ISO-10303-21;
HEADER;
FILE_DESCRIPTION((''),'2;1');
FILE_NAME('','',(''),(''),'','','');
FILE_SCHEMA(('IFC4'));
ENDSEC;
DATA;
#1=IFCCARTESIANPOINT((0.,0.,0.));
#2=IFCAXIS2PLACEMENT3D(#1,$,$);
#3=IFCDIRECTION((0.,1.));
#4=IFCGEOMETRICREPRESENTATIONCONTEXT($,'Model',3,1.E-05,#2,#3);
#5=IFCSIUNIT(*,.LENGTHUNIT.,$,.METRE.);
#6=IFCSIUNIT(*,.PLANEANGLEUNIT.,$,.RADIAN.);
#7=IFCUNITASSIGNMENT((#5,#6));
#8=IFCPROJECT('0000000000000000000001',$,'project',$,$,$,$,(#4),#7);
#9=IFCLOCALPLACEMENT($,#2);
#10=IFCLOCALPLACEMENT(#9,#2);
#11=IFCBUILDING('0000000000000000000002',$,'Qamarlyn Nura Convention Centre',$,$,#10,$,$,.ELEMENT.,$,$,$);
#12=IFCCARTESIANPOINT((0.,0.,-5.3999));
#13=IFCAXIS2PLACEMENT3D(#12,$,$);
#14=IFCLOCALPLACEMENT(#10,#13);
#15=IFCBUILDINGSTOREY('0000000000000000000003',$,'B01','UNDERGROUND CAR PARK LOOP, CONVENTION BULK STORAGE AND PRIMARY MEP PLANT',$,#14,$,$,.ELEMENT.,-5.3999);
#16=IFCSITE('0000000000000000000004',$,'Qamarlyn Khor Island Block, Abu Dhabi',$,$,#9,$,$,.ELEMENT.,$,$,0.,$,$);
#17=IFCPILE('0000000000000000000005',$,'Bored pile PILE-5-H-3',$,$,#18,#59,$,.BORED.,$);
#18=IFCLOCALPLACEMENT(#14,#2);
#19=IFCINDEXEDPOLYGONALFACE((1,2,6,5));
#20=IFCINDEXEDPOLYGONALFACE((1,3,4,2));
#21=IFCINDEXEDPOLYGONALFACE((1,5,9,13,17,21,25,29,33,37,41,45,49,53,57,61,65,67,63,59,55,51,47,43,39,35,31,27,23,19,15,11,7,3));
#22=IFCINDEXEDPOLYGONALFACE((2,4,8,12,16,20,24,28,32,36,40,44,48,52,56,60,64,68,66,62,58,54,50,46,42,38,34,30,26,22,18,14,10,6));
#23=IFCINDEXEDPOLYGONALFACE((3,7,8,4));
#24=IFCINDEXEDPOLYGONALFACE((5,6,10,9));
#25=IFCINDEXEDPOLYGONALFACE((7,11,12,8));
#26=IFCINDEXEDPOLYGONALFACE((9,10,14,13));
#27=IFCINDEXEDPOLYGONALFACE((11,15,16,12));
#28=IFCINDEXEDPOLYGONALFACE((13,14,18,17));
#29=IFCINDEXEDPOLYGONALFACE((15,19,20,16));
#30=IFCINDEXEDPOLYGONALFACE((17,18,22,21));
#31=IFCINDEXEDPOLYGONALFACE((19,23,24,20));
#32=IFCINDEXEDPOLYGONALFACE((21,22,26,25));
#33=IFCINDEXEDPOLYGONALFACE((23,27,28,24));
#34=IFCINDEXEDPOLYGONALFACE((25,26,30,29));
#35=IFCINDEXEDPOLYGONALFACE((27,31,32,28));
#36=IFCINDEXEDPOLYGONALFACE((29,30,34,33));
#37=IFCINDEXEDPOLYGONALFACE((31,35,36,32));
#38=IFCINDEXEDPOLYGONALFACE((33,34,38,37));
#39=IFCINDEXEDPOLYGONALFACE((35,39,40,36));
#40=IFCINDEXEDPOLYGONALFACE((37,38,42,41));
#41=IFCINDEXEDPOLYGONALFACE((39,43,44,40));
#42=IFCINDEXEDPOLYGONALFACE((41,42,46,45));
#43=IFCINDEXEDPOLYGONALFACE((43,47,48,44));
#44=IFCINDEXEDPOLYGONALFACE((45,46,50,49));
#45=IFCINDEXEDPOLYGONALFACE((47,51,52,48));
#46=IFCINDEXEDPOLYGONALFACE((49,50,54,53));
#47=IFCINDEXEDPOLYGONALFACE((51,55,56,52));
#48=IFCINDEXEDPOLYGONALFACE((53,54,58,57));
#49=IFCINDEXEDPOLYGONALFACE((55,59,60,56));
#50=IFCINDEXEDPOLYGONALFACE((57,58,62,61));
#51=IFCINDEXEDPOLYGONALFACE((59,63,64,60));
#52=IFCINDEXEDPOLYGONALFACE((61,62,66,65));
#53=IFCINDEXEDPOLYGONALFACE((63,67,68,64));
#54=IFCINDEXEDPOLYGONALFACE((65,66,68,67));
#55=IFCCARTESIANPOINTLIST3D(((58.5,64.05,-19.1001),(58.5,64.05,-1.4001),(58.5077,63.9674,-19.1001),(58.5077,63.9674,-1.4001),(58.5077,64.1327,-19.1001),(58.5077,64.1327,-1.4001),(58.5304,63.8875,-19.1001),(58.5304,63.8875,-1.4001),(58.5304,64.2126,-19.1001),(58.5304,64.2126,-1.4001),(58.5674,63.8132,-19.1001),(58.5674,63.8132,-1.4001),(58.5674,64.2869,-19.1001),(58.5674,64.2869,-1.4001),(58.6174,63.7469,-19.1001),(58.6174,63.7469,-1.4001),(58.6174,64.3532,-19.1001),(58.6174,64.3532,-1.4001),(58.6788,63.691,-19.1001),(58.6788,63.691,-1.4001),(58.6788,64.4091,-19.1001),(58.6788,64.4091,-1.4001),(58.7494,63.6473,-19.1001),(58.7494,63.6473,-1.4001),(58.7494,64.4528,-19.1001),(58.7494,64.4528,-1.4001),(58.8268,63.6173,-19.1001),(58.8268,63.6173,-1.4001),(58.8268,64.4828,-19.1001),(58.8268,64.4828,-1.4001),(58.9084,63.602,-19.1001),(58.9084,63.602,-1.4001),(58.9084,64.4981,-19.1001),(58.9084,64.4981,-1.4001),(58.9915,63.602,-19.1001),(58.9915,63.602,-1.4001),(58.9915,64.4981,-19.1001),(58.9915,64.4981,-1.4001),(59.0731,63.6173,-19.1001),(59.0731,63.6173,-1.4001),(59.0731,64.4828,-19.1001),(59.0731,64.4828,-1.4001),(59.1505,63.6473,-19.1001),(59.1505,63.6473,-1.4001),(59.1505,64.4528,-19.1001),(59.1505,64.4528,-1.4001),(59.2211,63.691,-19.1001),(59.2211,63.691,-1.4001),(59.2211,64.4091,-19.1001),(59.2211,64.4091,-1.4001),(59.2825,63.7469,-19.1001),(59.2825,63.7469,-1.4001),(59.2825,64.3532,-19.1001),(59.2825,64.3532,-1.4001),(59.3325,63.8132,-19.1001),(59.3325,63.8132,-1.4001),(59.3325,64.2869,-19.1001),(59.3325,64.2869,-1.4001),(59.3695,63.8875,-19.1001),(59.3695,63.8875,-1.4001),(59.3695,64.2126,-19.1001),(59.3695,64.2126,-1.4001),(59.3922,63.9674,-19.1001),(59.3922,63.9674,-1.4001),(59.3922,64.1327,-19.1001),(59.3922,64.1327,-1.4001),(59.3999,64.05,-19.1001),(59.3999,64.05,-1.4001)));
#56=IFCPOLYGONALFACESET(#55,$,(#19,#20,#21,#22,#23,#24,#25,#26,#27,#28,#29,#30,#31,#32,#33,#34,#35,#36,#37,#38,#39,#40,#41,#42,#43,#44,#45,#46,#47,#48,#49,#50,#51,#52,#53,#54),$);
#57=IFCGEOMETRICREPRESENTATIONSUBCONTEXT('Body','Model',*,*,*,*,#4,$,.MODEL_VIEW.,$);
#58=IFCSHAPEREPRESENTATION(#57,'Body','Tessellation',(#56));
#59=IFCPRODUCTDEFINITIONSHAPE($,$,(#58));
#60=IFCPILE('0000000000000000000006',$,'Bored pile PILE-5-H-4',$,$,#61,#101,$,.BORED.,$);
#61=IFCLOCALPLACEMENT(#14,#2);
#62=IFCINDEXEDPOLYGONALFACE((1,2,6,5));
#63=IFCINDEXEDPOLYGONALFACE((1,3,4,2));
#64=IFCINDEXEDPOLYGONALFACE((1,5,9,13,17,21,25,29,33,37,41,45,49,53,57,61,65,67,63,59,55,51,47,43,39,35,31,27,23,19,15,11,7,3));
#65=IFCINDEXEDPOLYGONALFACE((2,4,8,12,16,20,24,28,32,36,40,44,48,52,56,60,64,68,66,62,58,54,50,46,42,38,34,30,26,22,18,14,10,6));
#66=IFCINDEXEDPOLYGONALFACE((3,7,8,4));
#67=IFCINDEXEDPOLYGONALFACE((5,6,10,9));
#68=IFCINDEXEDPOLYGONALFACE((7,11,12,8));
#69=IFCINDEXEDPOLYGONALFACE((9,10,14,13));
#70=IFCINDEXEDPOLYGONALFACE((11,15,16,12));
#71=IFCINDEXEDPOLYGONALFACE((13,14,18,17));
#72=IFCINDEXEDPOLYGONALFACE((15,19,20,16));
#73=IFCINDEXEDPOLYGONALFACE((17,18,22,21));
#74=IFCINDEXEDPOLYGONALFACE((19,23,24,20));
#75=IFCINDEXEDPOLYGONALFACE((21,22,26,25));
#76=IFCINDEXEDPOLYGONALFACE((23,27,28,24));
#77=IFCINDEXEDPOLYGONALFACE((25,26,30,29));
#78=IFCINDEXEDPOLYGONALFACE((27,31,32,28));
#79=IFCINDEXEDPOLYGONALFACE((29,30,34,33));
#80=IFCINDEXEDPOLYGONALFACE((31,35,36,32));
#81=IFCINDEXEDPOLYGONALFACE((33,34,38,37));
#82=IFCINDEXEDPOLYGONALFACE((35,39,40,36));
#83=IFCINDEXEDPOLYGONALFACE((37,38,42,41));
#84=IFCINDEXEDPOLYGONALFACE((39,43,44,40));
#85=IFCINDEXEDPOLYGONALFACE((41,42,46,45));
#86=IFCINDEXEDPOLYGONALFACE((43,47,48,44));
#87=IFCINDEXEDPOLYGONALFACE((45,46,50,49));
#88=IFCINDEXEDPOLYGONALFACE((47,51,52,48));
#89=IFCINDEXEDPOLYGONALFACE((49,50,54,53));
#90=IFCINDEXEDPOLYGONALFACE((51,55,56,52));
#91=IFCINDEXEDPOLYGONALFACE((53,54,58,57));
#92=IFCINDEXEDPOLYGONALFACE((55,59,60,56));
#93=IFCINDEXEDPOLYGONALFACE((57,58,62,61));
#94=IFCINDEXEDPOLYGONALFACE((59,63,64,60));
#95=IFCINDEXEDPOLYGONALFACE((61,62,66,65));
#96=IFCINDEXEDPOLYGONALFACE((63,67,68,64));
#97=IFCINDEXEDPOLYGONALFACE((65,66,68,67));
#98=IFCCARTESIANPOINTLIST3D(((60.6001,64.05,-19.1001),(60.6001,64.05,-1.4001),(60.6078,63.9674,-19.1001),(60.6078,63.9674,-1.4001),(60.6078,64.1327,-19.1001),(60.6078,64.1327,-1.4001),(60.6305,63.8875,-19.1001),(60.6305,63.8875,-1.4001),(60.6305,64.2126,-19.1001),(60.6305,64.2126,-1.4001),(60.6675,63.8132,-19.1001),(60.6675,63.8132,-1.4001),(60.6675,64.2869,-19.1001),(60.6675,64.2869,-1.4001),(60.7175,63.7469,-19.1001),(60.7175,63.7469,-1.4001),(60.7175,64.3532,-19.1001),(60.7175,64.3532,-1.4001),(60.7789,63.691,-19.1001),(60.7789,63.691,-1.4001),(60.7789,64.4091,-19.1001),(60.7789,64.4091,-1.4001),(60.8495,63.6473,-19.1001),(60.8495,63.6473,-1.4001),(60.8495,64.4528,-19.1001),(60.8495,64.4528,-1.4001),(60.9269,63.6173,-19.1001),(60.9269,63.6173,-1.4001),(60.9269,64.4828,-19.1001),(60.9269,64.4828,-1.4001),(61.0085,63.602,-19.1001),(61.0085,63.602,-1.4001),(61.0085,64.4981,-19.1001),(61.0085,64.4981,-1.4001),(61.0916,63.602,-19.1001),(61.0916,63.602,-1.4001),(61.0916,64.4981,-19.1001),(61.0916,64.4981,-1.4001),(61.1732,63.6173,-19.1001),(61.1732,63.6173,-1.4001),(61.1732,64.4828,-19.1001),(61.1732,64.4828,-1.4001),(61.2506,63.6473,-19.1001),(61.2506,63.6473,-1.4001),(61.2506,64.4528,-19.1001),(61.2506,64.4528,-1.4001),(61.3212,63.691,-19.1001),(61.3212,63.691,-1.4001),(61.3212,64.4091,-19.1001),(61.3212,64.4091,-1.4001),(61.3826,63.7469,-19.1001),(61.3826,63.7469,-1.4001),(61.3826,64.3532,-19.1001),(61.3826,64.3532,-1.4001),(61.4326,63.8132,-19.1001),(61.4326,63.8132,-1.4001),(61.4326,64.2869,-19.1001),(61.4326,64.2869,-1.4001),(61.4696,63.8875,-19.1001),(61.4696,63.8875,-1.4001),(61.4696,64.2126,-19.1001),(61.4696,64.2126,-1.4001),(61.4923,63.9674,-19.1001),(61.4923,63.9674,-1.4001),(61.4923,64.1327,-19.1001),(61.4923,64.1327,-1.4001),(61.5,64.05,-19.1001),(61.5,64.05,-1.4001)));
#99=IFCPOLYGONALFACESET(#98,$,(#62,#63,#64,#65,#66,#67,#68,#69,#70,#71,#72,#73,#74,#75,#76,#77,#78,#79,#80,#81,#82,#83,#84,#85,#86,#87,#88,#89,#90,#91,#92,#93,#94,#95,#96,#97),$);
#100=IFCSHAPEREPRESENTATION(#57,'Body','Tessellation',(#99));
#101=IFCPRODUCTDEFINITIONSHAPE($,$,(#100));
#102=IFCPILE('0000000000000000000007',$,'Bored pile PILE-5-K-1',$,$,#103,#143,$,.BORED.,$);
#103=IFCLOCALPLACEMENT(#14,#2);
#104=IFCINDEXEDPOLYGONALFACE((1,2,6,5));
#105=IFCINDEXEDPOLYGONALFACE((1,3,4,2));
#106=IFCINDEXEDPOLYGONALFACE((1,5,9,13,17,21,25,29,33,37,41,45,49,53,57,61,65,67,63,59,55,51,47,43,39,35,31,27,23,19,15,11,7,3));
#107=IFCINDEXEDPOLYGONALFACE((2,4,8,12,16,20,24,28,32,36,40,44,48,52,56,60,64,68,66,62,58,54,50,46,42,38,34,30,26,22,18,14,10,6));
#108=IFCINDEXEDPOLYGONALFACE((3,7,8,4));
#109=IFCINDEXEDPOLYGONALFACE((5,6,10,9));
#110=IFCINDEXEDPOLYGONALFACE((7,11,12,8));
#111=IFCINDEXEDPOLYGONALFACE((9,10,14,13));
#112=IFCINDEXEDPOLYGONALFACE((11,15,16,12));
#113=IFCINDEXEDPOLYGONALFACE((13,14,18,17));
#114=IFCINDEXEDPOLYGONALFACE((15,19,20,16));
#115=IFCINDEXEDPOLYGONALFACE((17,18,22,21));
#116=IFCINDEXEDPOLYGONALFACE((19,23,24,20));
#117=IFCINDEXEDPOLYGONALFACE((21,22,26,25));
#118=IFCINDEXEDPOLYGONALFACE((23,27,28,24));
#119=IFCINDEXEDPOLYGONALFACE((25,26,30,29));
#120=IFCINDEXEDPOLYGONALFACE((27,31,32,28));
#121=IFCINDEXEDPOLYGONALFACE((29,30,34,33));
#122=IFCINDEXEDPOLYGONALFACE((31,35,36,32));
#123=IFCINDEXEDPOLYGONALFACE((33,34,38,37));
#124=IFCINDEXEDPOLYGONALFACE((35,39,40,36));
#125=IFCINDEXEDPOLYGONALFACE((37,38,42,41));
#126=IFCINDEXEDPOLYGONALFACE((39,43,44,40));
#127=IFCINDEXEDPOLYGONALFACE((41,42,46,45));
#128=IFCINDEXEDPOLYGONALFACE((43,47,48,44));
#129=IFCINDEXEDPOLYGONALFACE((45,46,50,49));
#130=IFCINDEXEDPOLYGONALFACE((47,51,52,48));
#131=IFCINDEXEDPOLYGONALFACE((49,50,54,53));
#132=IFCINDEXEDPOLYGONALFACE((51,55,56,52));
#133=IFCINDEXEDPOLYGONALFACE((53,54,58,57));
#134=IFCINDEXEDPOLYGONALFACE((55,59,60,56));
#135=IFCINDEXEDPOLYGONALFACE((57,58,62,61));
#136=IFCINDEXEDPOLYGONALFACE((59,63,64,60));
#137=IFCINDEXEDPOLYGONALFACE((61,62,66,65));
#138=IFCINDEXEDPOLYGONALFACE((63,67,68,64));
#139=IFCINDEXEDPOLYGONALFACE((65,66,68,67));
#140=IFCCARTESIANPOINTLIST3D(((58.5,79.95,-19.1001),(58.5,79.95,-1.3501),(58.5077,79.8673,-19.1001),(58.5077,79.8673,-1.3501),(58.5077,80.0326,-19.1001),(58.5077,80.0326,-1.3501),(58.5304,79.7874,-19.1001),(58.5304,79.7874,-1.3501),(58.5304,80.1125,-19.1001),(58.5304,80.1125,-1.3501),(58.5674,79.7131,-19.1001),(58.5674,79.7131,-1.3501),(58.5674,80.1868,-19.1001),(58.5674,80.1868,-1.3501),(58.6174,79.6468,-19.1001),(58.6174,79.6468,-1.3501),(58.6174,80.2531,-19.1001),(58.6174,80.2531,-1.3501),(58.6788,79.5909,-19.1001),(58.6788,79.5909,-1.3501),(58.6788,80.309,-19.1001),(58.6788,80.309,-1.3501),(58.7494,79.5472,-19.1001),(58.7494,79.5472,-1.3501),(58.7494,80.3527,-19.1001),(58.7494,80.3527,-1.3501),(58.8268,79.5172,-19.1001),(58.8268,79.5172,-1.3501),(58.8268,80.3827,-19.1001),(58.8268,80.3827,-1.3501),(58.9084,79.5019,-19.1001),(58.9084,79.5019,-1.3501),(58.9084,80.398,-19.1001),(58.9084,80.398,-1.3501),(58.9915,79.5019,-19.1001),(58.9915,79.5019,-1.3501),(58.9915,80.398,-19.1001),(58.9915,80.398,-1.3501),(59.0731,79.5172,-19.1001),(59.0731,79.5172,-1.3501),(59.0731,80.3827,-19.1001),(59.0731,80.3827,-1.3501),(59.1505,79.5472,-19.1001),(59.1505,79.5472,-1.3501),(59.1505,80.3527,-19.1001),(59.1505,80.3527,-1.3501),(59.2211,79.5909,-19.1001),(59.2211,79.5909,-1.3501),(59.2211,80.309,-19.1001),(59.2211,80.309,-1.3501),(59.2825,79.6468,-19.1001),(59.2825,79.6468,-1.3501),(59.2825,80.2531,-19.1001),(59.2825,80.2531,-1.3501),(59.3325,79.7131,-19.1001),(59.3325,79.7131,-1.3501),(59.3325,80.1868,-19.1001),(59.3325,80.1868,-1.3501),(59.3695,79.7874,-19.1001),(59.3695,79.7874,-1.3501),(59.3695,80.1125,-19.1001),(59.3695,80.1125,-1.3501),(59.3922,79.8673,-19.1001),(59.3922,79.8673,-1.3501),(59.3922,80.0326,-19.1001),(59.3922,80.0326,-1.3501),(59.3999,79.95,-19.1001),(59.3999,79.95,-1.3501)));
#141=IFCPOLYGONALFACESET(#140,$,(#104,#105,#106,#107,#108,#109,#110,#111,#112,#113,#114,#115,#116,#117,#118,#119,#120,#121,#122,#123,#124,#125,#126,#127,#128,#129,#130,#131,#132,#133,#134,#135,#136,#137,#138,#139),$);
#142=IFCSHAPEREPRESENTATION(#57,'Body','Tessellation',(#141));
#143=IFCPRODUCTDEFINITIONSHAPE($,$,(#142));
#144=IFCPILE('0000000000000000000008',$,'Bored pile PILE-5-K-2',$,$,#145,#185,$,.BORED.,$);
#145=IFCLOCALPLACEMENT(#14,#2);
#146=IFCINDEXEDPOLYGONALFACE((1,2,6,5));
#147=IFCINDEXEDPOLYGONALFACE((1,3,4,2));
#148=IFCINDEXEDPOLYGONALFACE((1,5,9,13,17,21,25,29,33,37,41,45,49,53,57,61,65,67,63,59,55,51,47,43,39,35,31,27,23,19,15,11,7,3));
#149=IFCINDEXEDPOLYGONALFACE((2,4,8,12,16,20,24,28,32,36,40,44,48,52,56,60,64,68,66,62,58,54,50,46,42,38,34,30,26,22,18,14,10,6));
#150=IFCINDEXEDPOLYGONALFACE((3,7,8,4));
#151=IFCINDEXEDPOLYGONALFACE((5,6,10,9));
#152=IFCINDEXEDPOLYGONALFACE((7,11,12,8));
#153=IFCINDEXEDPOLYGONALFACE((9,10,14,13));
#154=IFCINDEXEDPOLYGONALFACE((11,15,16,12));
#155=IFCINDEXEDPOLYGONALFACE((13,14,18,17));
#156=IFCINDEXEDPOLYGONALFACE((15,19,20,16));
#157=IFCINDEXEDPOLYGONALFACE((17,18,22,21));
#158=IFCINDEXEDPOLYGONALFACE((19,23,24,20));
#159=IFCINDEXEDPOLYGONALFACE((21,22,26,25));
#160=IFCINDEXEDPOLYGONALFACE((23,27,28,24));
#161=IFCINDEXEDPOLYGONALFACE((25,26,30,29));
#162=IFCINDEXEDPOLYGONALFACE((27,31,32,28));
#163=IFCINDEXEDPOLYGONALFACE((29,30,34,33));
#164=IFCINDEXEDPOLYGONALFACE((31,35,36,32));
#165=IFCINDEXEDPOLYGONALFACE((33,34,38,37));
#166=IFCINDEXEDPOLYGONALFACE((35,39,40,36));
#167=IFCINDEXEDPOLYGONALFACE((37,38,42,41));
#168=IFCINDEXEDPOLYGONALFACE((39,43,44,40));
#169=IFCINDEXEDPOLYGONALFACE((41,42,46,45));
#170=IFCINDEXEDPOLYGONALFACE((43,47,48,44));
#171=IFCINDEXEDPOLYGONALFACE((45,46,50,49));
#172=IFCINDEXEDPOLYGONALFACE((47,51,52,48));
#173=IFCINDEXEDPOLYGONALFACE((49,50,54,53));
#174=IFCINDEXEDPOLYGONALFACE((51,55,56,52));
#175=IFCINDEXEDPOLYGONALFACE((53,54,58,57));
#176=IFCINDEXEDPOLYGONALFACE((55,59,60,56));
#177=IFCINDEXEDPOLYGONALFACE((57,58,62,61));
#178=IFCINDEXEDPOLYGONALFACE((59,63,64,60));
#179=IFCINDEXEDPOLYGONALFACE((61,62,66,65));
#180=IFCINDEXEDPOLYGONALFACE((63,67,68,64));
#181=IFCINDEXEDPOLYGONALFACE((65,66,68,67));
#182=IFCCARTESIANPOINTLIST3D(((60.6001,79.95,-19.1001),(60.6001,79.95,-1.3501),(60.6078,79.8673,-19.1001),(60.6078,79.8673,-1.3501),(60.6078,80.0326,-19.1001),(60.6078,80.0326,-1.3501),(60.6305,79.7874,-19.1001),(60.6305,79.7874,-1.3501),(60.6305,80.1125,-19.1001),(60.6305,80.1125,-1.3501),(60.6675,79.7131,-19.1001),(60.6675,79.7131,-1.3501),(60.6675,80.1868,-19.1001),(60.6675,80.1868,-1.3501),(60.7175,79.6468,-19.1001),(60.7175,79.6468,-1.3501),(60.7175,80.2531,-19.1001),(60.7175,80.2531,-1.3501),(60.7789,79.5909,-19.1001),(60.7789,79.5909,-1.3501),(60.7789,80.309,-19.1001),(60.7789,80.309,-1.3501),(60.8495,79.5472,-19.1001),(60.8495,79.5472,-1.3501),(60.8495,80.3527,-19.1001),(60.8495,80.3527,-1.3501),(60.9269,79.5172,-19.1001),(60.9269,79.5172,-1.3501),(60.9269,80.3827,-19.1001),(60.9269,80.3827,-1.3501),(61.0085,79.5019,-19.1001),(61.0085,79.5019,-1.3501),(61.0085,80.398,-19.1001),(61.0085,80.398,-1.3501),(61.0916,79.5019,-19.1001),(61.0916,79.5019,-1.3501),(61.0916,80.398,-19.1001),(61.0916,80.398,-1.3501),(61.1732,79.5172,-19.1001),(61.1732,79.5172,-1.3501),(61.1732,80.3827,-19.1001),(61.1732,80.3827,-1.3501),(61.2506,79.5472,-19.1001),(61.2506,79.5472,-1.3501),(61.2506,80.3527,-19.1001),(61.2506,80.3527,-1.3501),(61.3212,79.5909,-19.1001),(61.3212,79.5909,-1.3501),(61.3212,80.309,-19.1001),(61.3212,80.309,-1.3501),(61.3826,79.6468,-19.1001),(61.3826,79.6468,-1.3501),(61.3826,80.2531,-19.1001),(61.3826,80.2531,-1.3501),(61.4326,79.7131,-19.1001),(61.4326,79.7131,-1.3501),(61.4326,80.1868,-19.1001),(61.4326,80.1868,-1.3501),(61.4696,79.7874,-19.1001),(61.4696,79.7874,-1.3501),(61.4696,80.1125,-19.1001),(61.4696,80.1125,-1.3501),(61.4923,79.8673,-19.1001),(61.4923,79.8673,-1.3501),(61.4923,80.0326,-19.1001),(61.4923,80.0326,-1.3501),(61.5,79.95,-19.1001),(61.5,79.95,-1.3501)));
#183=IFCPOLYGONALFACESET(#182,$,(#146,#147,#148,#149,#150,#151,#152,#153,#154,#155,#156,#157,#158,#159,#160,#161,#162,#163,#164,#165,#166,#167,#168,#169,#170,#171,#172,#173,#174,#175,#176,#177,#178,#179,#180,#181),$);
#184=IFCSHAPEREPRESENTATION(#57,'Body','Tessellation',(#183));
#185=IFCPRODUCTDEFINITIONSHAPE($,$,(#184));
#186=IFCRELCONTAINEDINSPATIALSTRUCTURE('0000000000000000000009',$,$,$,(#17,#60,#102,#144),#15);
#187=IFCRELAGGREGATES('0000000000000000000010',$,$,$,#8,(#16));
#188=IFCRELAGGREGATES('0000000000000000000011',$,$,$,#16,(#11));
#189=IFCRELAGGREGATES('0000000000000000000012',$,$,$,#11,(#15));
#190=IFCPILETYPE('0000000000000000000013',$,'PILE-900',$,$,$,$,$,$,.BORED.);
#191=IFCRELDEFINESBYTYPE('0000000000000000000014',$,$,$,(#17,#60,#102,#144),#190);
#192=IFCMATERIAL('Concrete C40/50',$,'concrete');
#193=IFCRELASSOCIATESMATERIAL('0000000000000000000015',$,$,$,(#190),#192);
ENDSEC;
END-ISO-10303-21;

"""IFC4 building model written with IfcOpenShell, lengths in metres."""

from ifc_helpers import new_model, si_unit, direction, frame, origin, origin_2d, place, context, subcontext, project, spatial, circle, extrude, material, material_profile, profile_set, type_object, element, save


model = new_model("IFC4")

# Units and contexts
model_context = context("Model", 3, precision=1e-05, world=origin(), true_north=direction((0.0, 1.0)))
body_context = subcontext(model_context, "Body", "Model", "MODEL_VIEW")
ifc_project = project(units=[si_unit("LENGTHUNIT", "METRE"), si_unit("PLANEANGLEUNIT", "RADIAN")], contexts=[model_context])

# Site, building, storey
site_placement = place(None, origin())
site = spatial("IfcSite", under=ifc_project, at=site_placement, Name="Qamarlyn Khor Island Block, Abu Dhabi", CompositionType="ELEMENT", RefElevation=0.0)
building_placement = place(site_placement, origin())
building = spatial("IfcBuilding", under=site, at=building_placement, Name="Qamarlyn Nura Convention Centre", CompositionType="ELEMENT")
storey_placement = place(building_placement, frame((0.0, 0.0, -5.3999)))
storey = spatial("IfcBuildingStorey", under=building, at=storey_placement, Name="B01", Description="UNDERGROUND CAR PARK LOOP, CONVENTION BULK STORAGE AND PRIMARY MEP PLANT", CompositionType="ELEMENT", Elevation=-5.3999)

# Shared definitions
ifc_material_1 = material(Name="Concrete C40/50", Category="concrete")

# Piles
ifc_material_profile_1 = material_profile(ifc_material_1, circle(Radius=0.45, at=origin_2d()), Name="BORED PILE 900")
ifc_profile_set_1 = profile_set([ifc_material_profile_1], Name="Concrete C40/50")
pile_type_1 = type_object("IfcPileType", Name="PILE-900", PredefinedType="BORED", material=ifc_profile_set_1)
for number, where, z_axis, x_axis, name in (
    (1, (58.95, 64.05, -1.4001), (0.0, 0.0, -1.0), (1.0, 0.0, 0.0), "Bored pile PILE-5-H-3"),
    (2, (61.05, 64.05, -1.4001), (0.0, 0.0, -1.0), (1.0, 0.0, 0.0), "Bored pile PILE-5-H-4"),
):
    element("IfcPile", number, at=place(storey_placement, frame(where, z_axis=z_axis, x_axis=x_axis)), inside=storey, type_object=pile_type_1, Name=name, PredefinedType="BORED", context=body_context, shape_type="SweptSolid", body=[
        extrude(circle(Radius=0.45, at=origin_2d()), origin(), (0.0, 0.0, 1.0), 17.7),
    ])
for number, where, z_axis, x_axis, name in (
    (3, (58.95, 79.95, -1.3501), (0.0, 0.0, -1.0), (1.0, 0.0, 0.0), "Bored pile PILE-5-K-1"),
    (4, (61.05, 79.95, -1.3501), (0.0, 0.0, -1.0), (1.0, 0.0, 0.0), "Bored pile PILE-5-K-2"),
):
    element("IfcPile", number, at=place(storey_placement, frame(where, z_axis=z_axis, x_axis=x_axis)), inside=storey, type_object=pile_type_1, Name=name, PredefinedType="BORED", context=body_context, shape_type="SweptSolid", body=[
        extrude(circle(Radius=0.45, at=origin_2d()), origin(), (0.0, 0.0, 1.0), 17.75),
    ])

save(model, "model.ifc")
